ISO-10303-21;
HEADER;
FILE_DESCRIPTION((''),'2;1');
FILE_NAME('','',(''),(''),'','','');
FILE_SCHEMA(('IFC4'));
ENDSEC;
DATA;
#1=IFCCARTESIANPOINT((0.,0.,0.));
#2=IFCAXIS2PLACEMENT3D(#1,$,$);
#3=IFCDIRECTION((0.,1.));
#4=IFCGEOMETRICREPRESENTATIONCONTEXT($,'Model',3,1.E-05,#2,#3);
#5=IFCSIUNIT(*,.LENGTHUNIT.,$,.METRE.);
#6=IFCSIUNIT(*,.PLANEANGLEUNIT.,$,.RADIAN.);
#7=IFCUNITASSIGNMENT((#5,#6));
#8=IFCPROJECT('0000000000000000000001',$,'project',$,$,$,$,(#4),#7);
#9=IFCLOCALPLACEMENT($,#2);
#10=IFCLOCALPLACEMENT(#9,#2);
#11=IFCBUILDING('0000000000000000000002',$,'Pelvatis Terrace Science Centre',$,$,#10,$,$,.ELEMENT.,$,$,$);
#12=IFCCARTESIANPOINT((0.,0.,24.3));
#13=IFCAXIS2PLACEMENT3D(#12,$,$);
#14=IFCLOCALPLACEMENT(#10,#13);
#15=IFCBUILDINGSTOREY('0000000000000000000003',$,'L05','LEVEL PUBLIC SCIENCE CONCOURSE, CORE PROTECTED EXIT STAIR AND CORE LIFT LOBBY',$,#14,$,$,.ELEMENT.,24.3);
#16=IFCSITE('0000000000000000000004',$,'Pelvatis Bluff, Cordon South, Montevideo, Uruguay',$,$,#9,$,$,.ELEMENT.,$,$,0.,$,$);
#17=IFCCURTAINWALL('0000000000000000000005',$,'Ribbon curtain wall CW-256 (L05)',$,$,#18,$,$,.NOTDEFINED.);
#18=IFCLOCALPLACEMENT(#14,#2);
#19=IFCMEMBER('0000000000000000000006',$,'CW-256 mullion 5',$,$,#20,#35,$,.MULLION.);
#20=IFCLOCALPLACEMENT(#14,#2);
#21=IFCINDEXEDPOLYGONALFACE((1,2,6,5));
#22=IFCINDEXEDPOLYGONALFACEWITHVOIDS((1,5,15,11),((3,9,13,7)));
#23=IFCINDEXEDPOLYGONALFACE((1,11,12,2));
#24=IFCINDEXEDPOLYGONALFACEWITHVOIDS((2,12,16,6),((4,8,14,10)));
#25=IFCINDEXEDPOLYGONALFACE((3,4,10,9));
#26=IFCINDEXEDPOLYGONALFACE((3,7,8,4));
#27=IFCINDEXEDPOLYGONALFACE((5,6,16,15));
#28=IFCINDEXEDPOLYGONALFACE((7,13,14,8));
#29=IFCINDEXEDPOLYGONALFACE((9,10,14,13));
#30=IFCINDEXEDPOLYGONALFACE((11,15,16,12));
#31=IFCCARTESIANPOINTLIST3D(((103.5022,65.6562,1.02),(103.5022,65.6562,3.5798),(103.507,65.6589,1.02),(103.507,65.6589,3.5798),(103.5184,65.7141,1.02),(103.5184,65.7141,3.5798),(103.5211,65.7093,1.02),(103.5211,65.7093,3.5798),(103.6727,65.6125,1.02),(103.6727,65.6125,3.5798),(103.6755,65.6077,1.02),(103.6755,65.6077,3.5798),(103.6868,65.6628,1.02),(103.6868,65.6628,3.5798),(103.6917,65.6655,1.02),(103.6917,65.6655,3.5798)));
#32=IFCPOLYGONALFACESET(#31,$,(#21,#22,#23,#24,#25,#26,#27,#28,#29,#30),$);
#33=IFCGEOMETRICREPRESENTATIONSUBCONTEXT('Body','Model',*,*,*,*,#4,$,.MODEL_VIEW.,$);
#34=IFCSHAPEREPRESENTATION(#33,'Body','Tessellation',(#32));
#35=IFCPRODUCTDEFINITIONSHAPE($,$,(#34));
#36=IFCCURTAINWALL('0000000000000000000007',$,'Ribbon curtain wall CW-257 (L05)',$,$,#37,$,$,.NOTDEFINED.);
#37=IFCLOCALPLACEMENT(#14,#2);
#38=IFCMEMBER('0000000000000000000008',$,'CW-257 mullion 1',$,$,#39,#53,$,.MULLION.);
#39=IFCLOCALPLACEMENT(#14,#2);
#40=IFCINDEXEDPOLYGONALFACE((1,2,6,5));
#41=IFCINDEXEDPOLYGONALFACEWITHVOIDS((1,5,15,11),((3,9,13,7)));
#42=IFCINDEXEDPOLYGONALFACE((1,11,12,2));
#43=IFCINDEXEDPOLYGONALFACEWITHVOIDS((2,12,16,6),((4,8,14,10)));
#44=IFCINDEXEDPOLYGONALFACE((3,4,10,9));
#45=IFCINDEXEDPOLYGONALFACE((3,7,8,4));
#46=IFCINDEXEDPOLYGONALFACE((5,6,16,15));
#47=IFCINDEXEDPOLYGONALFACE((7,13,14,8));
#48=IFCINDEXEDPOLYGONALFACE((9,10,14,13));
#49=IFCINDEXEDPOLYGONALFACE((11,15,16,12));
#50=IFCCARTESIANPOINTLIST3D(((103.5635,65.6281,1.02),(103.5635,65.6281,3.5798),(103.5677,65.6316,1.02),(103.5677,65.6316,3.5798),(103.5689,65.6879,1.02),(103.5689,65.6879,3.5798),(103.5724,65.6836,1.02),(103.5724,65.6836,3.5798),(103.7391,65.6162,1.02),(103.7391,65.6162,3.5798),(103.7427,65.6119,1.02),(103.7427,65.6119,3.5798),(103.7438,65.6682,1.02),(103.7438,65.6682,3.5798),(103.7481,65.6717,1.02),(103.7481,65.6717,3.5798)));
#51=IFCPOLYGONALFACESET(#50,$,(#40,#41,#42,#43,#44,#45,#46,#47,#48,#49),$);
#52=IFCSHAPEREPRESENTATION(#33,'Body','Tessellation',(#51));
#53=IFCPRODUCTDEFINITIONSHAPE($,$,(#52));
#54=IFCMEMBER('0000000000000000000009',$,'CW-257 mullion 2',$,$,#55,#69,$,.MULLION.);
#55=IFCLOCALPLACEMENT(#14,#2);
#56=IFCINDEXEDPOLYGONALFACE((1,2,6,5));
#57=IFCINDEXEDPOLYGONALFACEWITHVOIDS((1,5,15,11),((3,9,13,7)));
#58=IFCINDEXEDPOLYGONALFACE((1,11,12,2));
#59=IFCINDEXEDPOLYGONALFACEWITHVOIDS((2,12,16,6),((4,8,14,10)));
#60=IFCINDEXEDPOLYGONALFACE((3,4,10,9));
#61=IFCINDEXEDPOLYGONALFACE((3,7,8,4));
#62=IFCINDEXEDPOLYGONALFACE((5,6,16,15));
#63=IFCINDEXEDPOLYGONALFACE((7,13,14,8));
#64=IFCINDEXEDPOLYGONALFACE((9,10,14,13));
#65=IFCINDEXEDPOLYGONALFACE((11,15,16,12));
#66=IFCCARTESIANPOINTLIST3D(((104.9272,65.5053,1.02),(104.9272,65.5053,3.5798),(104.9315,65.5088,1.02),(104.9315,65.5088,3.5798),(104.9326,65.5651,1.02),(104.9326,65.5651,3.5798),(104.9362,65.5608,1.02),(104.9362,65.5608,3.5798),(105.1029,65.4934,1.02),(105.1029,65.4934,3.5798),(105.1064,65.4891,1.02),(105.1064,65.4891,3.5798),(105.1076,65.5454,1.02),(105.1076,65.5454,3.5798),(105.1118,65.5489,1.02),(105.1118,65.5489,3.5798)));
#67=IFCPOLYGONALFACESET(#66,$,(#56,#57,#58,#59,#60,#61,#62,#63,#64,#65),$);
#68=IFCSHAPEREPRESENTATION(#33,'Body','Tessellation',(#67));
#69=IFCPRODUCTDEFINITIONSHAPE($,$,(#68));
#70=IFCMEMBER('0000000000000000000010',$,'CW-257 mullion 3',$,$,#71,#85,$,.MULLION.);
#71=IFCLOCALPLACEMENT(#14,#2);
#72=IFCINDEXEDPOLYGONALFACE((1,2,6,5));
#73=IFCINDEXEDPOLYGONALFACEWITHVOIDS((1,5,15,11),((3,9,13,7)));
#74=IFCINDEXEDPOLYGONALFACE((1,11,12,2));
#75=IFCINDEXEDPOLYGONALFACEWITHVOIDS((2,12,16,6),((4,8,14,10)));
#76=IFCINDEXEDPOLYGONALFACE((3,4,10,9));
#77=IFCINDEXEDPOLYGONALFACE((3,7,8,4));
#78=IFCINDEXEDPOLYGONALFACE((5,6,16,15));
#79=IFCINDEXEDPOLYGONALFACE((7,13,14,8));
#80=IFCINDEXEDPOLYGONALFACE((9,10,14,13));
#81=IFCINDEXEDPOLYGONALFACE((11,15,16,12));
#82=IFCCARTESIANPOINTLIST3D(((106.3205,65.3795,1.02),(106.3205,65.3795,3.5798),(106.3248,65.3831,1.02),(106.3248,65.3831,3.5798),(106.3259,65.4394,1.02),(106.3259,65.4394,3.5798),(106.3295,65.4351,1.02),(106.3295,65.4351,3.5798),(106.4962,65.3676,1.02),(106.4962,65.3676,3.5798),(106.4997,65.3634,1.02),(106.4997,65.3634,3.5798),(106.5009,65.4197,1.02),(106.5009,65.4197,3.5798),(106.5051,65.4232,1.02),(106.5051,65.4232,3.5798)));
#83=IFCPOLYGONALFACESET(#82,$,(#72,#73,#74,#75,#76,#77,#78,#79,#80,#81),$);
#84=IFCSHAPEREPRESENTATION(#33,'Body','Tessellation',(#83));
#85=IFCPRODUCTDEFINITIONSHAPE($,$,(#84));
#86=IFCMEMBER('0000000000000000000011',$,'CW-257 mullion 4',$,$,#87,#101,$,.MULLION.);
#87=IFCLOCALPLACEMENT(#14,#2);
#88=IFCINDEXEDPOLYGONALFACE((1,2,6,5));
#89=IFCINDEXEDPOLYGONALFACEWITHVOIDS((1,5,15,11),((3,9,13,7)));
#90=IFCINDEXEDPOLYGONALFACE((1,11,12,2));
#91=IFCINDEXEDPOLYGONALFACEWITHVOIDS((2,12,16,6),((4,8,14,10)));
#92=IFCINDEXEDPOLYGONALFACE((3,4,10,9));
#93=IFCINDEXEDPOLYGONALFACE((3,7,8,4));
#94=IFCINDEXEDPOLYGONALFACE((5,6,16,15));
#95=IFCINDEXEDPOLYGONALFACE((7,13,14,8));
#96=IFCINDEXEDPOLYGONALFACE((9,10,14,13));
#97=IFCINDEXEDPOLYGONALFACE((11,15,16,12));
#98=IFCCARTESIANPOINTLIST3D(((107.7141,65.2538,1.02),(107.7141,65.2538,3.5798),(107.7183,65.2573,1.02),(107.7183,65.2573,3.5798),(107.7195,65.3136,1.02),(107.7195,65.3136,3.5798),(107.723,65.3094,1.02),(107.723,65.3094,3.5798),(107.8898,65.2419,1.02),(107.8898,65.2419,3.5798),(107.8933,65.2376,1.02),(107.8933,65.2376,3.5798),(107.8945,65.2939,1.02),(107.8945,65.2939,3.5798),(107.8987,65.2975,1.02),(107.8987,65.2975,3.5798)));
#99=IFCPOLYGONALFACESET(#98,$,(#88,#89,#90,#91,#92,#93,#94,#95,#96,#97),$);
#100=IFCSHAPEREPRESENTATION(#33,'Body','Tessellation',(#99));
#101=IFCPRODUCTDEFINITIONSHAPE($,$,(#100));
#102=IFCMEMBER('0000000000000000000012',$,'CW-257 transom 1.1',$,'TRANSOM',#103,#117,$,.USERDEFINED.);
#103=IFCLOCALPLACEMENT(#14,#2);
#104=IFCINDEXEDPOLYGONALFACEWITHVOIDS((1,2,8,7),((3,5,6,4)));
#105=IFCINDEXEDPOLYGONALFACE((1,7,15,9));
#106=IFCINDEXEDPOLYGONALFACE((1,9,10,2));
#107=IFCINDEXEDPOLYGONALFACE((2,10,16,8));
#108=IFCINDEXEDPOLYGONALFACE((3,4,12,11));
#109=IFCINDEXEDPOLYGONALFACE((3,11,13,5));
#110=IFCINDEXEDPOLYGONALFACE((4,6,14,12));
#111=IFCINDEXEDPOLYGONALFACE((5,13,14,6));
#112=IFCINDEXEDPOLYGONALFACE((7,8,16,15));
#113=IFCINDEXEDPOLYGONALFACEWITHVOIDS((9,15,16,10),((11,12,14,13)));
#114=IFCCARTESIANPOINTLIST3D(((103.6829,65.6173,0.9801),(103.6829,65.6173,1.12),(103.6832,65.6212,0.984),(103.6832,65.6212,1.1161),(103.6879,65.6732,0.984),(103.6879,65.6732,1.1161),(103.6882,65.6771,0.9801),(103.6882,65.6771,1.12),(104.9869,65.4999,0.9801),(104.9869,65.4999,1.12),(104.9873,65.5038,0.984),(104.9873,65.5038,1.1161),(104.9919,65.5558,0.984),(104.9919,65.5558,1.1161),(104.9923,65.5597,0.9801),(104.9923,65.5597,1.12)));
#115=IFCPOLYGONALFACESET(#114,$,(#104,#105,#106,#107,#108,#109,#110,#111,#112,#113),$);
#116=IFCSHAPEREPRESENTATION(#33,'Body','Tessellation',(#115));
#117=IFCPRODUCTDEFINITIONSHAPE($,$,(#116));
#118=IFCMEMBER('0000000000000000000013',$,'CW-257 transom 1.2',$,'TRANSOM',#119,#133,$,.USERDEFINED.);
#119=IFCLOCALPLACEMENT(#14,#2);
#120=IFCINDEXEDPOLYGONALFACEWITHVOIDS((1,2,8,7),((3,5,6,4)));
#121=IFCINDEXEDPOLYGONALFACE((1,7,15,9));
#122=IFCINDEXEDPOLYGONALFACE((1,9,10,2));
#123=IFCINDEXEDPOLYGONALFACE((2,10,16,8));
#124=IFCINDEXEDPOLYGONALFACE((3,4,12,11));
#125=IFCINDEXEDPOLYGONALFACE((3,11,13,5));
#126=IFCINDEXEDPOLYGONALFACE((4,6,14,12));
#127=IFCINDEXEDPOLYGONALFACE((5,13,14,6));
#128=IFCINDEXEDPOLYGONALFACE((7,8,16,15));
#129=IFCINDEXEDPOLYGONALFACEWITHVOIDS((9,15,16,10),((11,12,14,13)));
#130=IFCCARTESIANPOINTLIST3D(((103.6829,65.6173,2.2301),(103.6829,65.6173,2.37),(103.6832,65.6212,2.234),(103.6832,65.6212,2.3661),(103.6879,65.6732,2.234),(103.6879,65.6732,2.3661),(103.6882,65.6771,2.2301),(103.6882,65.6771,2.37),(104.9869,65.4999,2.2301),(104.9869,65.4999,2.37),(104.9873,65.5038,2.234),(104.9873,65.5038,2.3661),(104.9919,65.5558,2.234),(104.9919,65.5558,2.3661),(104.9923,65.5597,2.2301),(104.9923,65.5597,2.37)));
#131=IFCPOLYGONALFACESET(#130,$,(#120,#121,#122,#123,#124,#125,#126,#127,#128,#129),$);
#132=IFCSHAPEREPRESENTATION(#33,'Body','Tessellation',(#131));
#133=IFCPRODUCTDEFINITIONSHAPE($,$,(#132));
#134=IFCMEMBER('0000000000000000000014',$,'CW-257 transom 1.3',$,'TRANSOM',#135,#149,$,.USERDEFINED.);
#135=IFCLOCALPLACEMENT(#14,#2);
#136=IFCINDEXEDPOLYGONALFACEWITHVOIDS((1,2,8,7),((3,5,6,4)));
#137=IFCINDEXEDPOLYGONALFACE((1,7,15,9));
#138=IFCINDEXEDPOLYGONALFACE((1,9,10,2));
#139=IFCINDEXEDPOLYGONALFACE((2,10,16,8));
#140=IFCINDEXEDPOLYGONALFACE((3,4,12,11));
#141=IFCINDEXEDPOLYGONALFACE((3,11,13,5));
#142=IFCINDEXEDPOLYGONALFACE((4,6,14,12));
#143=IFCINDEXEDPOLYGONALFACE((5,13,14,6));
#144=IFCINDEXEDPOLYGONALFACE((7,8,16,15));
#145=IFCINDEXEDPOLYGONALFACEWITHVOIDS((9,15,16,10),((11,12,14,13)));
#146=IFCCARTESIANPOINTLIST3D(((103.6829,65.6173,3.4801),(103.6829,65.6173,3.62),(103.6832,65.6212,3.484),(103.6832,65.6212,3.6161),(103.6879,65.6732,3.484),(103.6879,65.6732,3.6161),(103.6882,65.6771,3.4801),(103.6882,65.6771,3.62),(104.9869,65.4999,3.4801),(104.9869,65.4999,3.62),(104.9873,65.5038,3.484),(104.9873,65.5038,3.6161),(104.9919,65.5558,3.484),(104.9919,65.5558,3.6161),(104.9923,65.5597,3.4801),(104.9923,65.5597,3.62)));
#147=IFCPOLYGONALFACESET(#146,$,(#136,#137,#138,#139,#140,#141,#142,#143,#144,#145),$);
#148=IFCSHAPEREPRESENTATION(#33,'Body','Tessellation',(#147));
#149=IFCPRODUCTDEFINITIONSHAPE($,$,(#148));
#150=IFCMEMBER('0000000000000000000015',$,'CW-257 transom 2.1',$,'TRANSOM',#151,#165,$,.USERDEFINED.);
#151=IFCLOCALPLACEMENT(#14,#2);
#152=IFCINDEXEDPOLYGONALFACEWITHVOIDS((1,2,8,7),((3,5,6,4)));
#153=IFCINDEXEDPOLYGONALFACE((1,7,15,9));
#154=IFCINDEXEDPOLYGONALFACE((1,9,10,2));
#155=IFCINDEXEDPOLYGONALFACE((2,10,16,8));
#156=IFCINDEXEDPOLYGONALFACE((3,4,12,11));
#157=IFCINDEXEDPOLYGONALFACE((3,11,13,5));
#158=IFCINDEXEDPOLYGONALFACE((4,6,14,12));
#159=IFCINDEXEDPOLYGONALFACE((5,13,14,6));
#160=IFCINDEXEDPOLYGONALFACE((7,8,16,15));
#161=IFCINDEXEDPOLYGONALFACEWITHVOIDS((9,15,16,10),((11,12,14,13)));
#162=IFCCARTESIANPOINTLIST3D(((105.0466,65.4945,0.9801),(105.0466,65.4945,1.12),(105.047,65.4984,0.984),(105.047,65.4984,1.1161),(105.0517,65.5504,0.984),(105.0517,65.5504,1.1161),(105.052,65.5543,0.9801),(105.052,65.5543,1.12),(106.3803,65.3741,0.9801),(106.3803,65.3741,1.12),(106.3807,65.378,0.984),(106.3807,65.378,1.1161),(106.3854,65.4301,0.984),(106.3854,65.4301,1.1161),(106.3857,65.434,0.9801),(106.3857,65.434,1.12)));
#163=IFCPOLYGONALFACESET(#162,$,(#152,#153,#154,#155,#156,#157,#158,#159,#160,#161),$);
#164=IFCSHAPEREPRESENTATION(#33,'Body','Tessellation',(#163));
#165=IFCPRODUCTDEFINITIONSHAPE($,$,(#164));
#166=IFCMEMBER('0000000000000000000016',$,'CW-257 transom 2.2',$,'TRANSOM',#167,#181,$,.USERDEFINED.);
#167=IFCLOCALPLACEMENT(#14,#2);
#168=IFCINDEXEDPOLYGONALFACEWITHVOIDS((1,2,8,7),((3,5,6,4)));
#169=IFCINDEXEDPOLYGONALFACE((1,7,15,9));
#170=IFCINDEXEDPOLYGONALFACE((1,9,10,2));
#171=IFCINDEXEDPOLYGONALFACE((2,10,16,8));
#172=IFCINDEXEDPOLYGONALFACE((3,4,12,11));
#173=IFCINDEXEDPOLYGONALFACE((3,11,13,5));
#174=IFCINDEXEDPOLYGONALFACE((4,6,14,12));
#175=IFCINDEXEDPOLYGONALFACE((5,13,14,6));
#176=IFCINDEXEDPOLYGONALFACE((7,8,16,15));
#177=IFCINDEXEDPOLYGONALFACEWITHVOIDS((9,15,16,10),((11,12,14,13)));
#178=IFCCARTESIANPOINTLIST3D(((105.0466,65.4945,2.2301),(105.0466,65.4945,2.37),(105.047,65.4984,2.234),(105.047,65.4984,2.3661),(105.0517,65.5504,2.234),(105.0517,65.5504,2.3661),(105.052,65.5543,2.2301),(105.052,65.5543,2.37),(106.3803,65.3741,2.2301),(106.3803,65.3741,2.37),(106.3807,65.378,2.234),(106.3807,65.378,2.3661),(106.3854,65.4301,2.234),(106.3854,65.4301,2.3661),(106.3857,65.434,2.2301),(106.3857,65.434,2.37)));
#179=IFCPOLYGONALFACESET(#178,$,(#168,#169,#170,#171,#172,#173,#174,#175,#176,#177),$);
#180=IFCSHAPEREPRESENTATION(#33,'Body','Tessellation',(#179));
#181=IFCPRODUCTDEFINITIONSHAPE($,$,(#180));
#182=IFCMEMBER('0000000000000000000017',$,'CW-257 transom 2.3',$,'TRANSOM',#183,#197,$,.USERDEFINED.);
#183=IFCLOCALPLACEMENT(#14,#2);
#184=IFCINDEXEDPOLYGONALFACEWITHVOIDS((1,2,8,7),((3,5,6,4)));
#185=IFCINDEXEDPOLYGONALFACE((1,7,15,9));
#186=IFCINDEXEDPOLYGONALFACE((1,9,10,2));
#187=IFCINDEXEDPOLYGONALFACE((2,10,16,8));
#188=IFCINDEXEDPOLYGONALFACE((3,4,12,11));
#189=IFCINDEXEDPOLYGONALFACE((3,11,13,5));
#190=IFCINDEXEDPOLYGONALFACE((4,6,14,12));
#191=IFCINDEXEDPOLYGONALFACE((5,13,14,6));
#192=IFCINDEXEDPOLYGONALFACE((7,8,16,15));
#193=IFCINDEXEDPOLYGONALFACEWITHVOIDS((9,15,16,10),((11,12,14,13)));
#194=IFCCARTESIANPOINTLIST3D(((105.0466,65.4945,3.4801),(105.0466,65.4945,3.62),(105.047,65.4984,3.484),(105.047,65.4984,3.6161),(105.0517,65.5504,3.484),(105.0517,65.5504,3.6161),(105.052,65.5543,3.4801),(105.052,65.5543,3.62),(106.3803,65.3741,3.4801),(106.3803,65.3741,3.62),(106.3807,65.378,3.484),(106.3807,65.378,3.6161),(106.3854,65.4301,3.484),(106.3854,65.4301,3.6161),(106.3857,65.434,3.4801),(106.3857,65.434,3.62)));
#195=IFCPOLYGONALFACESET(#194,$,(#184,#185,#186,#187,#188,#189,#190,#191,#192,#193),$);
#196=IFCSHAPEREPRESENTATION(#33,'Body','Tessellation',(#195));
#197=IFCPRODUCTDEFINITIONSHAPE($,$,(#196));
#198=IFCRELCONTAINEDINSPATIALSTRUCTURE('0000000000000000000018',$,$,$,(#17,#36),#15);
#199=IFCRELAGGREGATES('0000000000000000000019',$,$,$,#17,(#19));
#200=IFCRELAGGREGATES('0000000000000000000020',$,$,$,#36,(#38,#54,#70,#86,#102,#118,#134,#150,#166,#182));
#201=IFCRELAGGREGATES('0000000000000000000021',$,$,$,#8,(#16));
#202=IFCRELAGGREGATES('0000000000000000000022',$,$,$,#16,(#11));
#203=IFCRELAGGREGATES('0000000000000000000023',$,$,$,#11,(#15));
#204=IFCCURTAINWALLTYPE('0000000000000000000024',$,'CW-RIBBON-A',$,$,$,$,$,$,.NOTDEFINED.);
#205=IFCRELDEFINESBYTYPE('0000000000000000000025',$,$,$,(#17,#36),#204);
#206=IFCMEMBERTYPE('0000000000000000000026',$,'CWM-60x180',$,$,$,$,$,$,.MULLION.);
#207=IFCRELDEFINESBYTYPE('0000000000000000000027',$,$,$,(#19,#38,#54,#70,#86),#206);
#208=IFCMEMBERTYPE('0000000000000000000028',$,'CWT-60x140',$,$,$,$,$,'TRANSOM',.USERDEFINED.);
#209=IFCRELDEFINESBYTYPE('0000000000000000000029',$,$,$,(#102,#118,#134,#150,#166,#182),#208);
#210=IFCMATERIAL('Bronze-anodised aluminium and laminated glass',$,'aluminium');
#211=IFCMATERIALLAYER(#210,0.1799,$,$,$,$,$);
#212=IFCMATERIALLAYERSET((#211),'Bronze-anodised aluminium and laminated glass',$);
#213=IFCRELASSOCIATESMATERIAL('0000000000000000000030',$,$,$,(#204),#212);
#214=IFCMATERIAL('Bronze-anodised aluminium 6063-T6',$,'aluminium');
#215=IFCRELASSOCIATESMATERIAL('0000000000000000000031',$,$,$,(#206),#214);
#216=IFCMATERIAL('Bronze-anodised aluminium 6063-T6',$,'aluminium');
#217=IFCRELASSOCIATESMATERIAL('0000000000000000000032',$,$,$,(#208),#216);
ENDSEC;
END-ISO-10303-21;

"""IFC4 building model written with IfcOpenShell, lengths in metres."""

from ifc_helpers import new_model, si_unit, direction, frame, origin, origin_2d, place, context, subcontext, project, spatial, hollow_rectangle, extrude, material, layer, layer_set, material_profile, profile_set, type_object, element, aggregate, save


model = new_model("IFC4")

# Units and contexts
model_context = context("Model", 3, precision=1e-05, world=origin(), true_north=direction((0.0, 1.0)))
body_context = subcontext(model_context, "Body", "Model", "MODEL_VIEW")
ifc_project = project(units=[si_unit("LENGTHUNIT", "METRE"), si_unit("PLANEANGLEUNIT", "RADIAN")], contexts=[model_context])

# Site, building, storey
site_placement = place(None, origin())
site = spatial("IfcSite", under=ifc_project, at=site_placement, Name="Pelvatis Bluff, Cordon South, Montevideo, Uruguay", CompositionType="ELEMENT", RefElevation=0.0)
building_placement = place(site_placement, origin())
building = spatial("IfcBuilding", under=site, at=building_placement, Name="Pelvatis Terrace Science Centre", CompositionType="ELEMENT")
storey_placement = place(building_placement, frame((0.0, 0.0, 24.3)))
storey = spatial("IfcBuildingStorey", under=building, at=storey_placement, Name="L05", Description="LEVEL PUBLIC SCIENCE CONCOURSE, CORE PROTECTED EXIT STAIR AND CORE LIFT LOBBY", CompositionType="ELEMENT", Elevation=24.3)

# Curtain wall, member
ifc_material_1 = material(Name="Bronze-anodised aluminium and laminated glass", Category="aluminium")
ifc_layer_1 = layer(ifc_material_1, 0.1799)
ifc_layer_set_1 = layer_set([ifc_layer_1], Name="Bronze-anodised aluminium and laminated glass")
curtain_wall_type = type_object("IfcCurtainWallType", Name="CW-RIBBON-A", PredefinedType="NOTDEFINED", material=ifc_layer_set_1)
curtain_wall_1_placement = place(storey_placement, origin())
curtain_wall_1 = element("IfcCurtainWall", 1, at=curtain_wall_1_placement, inside=storey, type_object=curtain_wall_type, Name="Ribbon curtain wall CW-256 (L05)", PredefinedType="NOTDEFINED")
ifc_material_2 = material(Name="Bronze-anodised aluminium 6063-T6", Category="aluminium")
ifc_material_profile_1 = material_profile(ifc_material_2, hollow_rectangle(XDim=0.0601, YDim=0.1799, WallThickness=0.0039, at=origin_2d()), Name="ALU-MUL 60x180")
ifc_profile_set_1 = profile_set([ifc_material_profile_1], Name="Bronze-anodised aluminium 6063-T6")
member_type_1 = type_object("IfcMemberType", Name="CWM-60x180", PredefinedType="MULLION", material=ifc_profile_set_1)
member_1_placement = place(storey_placement, frame((103.5969, 65.6609, 1.02), z_axis=(0.0, 0.0, 1.0), x_axis=(0.269695, 0.962946, 0.0)))
member_1 = element("IfcMember", 2, at=member_1_placement, type_object=member_type_1, Name="CW-256 mullion 5", PredefinedType="MULLION", context=body_context, shape_type="SweptSolid", body=[
    extrude(hollow_rectangle(XDim=0.0601, YDim=0.1799, WallThickness=0.0039, at=origin_2d()), origin(), (0.0, 0.0, 1.0), 2.5598),
])

# Curtain wall, members
curtain_wall_2_placement = place(storey_placement, origin())
curtain_wall_2 = element("IfcCurtainWall", 3, at=curtain_wall_2_placement, inside=storey, type_object=curtain_wall_type, Name="Ribbon curtain wall CW-257 (L05)", PredefinedType="NOTDEFINED")
member_2_placement = place(storey_placement, frame((103.6558, 65.6499, 1.02), z_axis=(0.0, 0.0, 1.0), x_axis=(0.08982, 0.995958, 0.0)))
member_2 = element("IfcMember", 4, at=member_2_placement, type_object=member_type_1, Name="CW-257 mullion 1", PredefinedType="MULLION", context=body_context, shape_type="SweptSolid", body=[
    extrude(hollow_rectangle(XDim=0.0601, YDim=0.1799, WallThickness=0.0039, at=origin_2d()), origin(), (0.0, 0.0, 1.0), 2.5598),
])
member_3_placement = place(storey_placement, frame((105.0195, 65.5271, 1.02), z_axis=(0.0, 0.0, 1.0), x_axis=(0.08982, 0.995958, 0.0)))
member_3 = element("IfcMember", 5, at=member_3_placement, type_object=member_type_1, Name="CW-257 mullion 2", PredefinedType="MULLION", context=body_context, shape_type="SweptSolid", body=[
    extrude(hollow_rectangle(XDim=0.0601, YDim=0.1799, WallThickness=0.0039, at=origin_2d()), origin(), (0.0, 0.0, 1.0), 2.5598),
])
member_4_placement = place(storey_placement, frame((106.4128, 65.4014, 1.02), z_axis=(0.0, 0.0, 1.0), x_axis=(0.08982, 0.995958, 0.0)))
member_4 = element("IfcMember", 6, at=member_4_placement, type_object=member_type_1, Name="CW-257 mullion 3", PredefinedType="MULLION", context=body_context, shape_type="SweptSolid", body=[
    extrude(hollow_rectangle(XDim=0.0601, YDim=0.1799, WallThickness=0.0039, at=origin_2d()), origin(), (0.0, 0.0, 1.0), 2.5598),
])
member_5_placement = place(storey_placement, frame((107.8064, 65.2756, 1.02), z_axis=(0.0, 0.0, 1.0), x_axis=(0.08982, 0.995958, 0.0)))
member_5 = element("IfcMember", 7, at=member_5_placement, type_object=member_type_1, Name="CW-257 mullion 4", PredefinedType="MULLION", context=body_context, shape_type="SweptSolid", body=[
    extrude(hollow_rectangle(XDim=0.0601, YDim=0.1799, WallThickness=0.0039, at=origin_2d()), origin(), (0.0, 0.0, 1.0), 2.5598),
])
ifc_material_3 = material(Name="Bronze-anodised aluminium 6063-T6", Category="aluminium")
ifc_material_profile_2 = material_profile(ifc_material_3, hollow_rectangle(XDim=0.0601, YDim=0.1399, WallThickness=0.0039, at=origin_2d()), Name="ALU-TRN 60x140")
ifc_profile_set_2 = profile_set([ifc_material_profile_2], Name="Bronze-anodised aluminium 6063-T6")
member_type_2 = type_object("IfcMemberType", Name="CWT-60x140", ElementType="TRANSOM", PredefinedType="USERDEFINED", material=ifc_profile_set_2)
member_6_placement = place(storey_placement, frame((103.6855, 65.6472, 1.05), z_axis=(0.995969, -0.089695, 0.0), x_axis=(0.089695, 0.995969, 0.0)))
member_6 = element("IfcMember", 8, at=member_6_placement, type_object=member_type_2, Name="CW-257 transom 1.1", ObjectType="TRANSOM", PredefinedType="USERDEFINED", context=body_context, shape_type="SweptSolid", body=[
    extrude(hollow_rectangle(XDim=0.0601, YDim=0.1399, WallThickness=0.0039, at=origin_2d()), origin(), (0.0, 0.0, 1.0), 1.3093),
])
member_7_placement = place(storey_placement, frame((103.6855, 65.6472, 2.3), z_axis=(0.995969, -0.089695, 0.0), x_axis=(0.089695, 0.995969, 0.0)))
member_7 = element("IfcMember", 9, at=member_7_placement, type_object=member_type_2, Name="CW-257 transom 1.2", ObjectType="TRANSOM", PredefinedType="USERDEFINED", context=body_context, shape_type="SweptSolid", body=[
    extrude(hollow_rectangle(XDim=0.0601, YDim=0.1399, WallThickness=0.0039, at=origin_2d()), origin(), (0.0, 0.0, 1.0), 1.3093),
])
member_8_placement = place(storey_placement, frame((103.6855, 65.6472, 3.55), z_axis=(0.995969, -0.089695, 0.0), x_axis=(0.089695, 0.995969, 0.0)))
member_8 = element("IfcMember", 10, at=member_8_placement, type_object=member_type_2, Name="CW-257 transom 1.3", ObjectType="TRANSOM", PredefinedType="USERDEFINED", context=body_context, shape_type="SweptSolid", body=[
    extrude(hollow_rectangle(XDim=0.0601, YDim=0.1399, WallThickness=0.0039, at=origin_2d()), origin(), (0.0, 0.0, 1.0), 1.3093),
])
member_9_placement = place(storey_placement, frame((105.0493, 65.5244, 1.05), z_axis=(0.995953, -0.089878, 0.0), x_axis=(0.089878, 0.995953, 0.0)))
member_9 = element("IfcMember", 11, at=member_9_placement, type_object=member_type_2, Name="CW-257 transom 2.1", ObjectType="TRANSOM", PredefinedType="USERDEFINED", context=body_context, shape_type="SweptSolid", body=[
    extrude(hollow_rectangle(XDim=0.0601, YDim=0.1399, WallThickness=0.0039, at=origin_2d()), origin(), (0.0, 0.0, 1.0), 1.3391),
])
member_10_placement = place(storey_placement, frame((105.0493, 65.5244, 2.3), z_axis=(0.995953, -0.089878, 0.0), x_axis=(0.089878, 0.995953, 0.0)))
member_10 = element("IfcMember", 12, at=member_10_placement, type_object=member_type_2, Name="CW-257 transom 2.2", ObjectType="TRANSOM", PredefinedType="USERDEFINED", context=body_context, shape_type="SweptSolid", body=[
    extrude(hollow_rectangle(XDim=0.0601, YDim=0.1399, WallThickness=0.0039, at=origin_2d()), origin(), (0.0, 0.0, 1.0), 1.3391),
])
member_11_placement = place(storey_placement, frame((105.0493, 65.5244, 3.55), z_axis=(0.995953, -0.089878, 0.0), x_axis=(0.089878, 0.995953, 0.0)))
member_11 = element("IfcMember", 13, at=member_11_placement, type_object=member_type_2, Name="CW-257 transom 2.3", ObjectType="TRANSOM", PredefinedType="USERDEFINED", context=body_context, shape_type="SweptSolid", body=[
    extrude(hollow_rectangle(XDim=0.0601, YDim=0.1399, WallThickness=0.0039, at=origin_2d()), origin(), (0.0, 0.0, 1.0), 1.3391),
])

aggregate(curtain_wall_1, [member_1])
aggregate(curtain_wall_2, [member_2, member_3, member_4, member_5, member_6, member_7, member_8, member_9, member_10, member_11])

save(model, "model.ifc")
